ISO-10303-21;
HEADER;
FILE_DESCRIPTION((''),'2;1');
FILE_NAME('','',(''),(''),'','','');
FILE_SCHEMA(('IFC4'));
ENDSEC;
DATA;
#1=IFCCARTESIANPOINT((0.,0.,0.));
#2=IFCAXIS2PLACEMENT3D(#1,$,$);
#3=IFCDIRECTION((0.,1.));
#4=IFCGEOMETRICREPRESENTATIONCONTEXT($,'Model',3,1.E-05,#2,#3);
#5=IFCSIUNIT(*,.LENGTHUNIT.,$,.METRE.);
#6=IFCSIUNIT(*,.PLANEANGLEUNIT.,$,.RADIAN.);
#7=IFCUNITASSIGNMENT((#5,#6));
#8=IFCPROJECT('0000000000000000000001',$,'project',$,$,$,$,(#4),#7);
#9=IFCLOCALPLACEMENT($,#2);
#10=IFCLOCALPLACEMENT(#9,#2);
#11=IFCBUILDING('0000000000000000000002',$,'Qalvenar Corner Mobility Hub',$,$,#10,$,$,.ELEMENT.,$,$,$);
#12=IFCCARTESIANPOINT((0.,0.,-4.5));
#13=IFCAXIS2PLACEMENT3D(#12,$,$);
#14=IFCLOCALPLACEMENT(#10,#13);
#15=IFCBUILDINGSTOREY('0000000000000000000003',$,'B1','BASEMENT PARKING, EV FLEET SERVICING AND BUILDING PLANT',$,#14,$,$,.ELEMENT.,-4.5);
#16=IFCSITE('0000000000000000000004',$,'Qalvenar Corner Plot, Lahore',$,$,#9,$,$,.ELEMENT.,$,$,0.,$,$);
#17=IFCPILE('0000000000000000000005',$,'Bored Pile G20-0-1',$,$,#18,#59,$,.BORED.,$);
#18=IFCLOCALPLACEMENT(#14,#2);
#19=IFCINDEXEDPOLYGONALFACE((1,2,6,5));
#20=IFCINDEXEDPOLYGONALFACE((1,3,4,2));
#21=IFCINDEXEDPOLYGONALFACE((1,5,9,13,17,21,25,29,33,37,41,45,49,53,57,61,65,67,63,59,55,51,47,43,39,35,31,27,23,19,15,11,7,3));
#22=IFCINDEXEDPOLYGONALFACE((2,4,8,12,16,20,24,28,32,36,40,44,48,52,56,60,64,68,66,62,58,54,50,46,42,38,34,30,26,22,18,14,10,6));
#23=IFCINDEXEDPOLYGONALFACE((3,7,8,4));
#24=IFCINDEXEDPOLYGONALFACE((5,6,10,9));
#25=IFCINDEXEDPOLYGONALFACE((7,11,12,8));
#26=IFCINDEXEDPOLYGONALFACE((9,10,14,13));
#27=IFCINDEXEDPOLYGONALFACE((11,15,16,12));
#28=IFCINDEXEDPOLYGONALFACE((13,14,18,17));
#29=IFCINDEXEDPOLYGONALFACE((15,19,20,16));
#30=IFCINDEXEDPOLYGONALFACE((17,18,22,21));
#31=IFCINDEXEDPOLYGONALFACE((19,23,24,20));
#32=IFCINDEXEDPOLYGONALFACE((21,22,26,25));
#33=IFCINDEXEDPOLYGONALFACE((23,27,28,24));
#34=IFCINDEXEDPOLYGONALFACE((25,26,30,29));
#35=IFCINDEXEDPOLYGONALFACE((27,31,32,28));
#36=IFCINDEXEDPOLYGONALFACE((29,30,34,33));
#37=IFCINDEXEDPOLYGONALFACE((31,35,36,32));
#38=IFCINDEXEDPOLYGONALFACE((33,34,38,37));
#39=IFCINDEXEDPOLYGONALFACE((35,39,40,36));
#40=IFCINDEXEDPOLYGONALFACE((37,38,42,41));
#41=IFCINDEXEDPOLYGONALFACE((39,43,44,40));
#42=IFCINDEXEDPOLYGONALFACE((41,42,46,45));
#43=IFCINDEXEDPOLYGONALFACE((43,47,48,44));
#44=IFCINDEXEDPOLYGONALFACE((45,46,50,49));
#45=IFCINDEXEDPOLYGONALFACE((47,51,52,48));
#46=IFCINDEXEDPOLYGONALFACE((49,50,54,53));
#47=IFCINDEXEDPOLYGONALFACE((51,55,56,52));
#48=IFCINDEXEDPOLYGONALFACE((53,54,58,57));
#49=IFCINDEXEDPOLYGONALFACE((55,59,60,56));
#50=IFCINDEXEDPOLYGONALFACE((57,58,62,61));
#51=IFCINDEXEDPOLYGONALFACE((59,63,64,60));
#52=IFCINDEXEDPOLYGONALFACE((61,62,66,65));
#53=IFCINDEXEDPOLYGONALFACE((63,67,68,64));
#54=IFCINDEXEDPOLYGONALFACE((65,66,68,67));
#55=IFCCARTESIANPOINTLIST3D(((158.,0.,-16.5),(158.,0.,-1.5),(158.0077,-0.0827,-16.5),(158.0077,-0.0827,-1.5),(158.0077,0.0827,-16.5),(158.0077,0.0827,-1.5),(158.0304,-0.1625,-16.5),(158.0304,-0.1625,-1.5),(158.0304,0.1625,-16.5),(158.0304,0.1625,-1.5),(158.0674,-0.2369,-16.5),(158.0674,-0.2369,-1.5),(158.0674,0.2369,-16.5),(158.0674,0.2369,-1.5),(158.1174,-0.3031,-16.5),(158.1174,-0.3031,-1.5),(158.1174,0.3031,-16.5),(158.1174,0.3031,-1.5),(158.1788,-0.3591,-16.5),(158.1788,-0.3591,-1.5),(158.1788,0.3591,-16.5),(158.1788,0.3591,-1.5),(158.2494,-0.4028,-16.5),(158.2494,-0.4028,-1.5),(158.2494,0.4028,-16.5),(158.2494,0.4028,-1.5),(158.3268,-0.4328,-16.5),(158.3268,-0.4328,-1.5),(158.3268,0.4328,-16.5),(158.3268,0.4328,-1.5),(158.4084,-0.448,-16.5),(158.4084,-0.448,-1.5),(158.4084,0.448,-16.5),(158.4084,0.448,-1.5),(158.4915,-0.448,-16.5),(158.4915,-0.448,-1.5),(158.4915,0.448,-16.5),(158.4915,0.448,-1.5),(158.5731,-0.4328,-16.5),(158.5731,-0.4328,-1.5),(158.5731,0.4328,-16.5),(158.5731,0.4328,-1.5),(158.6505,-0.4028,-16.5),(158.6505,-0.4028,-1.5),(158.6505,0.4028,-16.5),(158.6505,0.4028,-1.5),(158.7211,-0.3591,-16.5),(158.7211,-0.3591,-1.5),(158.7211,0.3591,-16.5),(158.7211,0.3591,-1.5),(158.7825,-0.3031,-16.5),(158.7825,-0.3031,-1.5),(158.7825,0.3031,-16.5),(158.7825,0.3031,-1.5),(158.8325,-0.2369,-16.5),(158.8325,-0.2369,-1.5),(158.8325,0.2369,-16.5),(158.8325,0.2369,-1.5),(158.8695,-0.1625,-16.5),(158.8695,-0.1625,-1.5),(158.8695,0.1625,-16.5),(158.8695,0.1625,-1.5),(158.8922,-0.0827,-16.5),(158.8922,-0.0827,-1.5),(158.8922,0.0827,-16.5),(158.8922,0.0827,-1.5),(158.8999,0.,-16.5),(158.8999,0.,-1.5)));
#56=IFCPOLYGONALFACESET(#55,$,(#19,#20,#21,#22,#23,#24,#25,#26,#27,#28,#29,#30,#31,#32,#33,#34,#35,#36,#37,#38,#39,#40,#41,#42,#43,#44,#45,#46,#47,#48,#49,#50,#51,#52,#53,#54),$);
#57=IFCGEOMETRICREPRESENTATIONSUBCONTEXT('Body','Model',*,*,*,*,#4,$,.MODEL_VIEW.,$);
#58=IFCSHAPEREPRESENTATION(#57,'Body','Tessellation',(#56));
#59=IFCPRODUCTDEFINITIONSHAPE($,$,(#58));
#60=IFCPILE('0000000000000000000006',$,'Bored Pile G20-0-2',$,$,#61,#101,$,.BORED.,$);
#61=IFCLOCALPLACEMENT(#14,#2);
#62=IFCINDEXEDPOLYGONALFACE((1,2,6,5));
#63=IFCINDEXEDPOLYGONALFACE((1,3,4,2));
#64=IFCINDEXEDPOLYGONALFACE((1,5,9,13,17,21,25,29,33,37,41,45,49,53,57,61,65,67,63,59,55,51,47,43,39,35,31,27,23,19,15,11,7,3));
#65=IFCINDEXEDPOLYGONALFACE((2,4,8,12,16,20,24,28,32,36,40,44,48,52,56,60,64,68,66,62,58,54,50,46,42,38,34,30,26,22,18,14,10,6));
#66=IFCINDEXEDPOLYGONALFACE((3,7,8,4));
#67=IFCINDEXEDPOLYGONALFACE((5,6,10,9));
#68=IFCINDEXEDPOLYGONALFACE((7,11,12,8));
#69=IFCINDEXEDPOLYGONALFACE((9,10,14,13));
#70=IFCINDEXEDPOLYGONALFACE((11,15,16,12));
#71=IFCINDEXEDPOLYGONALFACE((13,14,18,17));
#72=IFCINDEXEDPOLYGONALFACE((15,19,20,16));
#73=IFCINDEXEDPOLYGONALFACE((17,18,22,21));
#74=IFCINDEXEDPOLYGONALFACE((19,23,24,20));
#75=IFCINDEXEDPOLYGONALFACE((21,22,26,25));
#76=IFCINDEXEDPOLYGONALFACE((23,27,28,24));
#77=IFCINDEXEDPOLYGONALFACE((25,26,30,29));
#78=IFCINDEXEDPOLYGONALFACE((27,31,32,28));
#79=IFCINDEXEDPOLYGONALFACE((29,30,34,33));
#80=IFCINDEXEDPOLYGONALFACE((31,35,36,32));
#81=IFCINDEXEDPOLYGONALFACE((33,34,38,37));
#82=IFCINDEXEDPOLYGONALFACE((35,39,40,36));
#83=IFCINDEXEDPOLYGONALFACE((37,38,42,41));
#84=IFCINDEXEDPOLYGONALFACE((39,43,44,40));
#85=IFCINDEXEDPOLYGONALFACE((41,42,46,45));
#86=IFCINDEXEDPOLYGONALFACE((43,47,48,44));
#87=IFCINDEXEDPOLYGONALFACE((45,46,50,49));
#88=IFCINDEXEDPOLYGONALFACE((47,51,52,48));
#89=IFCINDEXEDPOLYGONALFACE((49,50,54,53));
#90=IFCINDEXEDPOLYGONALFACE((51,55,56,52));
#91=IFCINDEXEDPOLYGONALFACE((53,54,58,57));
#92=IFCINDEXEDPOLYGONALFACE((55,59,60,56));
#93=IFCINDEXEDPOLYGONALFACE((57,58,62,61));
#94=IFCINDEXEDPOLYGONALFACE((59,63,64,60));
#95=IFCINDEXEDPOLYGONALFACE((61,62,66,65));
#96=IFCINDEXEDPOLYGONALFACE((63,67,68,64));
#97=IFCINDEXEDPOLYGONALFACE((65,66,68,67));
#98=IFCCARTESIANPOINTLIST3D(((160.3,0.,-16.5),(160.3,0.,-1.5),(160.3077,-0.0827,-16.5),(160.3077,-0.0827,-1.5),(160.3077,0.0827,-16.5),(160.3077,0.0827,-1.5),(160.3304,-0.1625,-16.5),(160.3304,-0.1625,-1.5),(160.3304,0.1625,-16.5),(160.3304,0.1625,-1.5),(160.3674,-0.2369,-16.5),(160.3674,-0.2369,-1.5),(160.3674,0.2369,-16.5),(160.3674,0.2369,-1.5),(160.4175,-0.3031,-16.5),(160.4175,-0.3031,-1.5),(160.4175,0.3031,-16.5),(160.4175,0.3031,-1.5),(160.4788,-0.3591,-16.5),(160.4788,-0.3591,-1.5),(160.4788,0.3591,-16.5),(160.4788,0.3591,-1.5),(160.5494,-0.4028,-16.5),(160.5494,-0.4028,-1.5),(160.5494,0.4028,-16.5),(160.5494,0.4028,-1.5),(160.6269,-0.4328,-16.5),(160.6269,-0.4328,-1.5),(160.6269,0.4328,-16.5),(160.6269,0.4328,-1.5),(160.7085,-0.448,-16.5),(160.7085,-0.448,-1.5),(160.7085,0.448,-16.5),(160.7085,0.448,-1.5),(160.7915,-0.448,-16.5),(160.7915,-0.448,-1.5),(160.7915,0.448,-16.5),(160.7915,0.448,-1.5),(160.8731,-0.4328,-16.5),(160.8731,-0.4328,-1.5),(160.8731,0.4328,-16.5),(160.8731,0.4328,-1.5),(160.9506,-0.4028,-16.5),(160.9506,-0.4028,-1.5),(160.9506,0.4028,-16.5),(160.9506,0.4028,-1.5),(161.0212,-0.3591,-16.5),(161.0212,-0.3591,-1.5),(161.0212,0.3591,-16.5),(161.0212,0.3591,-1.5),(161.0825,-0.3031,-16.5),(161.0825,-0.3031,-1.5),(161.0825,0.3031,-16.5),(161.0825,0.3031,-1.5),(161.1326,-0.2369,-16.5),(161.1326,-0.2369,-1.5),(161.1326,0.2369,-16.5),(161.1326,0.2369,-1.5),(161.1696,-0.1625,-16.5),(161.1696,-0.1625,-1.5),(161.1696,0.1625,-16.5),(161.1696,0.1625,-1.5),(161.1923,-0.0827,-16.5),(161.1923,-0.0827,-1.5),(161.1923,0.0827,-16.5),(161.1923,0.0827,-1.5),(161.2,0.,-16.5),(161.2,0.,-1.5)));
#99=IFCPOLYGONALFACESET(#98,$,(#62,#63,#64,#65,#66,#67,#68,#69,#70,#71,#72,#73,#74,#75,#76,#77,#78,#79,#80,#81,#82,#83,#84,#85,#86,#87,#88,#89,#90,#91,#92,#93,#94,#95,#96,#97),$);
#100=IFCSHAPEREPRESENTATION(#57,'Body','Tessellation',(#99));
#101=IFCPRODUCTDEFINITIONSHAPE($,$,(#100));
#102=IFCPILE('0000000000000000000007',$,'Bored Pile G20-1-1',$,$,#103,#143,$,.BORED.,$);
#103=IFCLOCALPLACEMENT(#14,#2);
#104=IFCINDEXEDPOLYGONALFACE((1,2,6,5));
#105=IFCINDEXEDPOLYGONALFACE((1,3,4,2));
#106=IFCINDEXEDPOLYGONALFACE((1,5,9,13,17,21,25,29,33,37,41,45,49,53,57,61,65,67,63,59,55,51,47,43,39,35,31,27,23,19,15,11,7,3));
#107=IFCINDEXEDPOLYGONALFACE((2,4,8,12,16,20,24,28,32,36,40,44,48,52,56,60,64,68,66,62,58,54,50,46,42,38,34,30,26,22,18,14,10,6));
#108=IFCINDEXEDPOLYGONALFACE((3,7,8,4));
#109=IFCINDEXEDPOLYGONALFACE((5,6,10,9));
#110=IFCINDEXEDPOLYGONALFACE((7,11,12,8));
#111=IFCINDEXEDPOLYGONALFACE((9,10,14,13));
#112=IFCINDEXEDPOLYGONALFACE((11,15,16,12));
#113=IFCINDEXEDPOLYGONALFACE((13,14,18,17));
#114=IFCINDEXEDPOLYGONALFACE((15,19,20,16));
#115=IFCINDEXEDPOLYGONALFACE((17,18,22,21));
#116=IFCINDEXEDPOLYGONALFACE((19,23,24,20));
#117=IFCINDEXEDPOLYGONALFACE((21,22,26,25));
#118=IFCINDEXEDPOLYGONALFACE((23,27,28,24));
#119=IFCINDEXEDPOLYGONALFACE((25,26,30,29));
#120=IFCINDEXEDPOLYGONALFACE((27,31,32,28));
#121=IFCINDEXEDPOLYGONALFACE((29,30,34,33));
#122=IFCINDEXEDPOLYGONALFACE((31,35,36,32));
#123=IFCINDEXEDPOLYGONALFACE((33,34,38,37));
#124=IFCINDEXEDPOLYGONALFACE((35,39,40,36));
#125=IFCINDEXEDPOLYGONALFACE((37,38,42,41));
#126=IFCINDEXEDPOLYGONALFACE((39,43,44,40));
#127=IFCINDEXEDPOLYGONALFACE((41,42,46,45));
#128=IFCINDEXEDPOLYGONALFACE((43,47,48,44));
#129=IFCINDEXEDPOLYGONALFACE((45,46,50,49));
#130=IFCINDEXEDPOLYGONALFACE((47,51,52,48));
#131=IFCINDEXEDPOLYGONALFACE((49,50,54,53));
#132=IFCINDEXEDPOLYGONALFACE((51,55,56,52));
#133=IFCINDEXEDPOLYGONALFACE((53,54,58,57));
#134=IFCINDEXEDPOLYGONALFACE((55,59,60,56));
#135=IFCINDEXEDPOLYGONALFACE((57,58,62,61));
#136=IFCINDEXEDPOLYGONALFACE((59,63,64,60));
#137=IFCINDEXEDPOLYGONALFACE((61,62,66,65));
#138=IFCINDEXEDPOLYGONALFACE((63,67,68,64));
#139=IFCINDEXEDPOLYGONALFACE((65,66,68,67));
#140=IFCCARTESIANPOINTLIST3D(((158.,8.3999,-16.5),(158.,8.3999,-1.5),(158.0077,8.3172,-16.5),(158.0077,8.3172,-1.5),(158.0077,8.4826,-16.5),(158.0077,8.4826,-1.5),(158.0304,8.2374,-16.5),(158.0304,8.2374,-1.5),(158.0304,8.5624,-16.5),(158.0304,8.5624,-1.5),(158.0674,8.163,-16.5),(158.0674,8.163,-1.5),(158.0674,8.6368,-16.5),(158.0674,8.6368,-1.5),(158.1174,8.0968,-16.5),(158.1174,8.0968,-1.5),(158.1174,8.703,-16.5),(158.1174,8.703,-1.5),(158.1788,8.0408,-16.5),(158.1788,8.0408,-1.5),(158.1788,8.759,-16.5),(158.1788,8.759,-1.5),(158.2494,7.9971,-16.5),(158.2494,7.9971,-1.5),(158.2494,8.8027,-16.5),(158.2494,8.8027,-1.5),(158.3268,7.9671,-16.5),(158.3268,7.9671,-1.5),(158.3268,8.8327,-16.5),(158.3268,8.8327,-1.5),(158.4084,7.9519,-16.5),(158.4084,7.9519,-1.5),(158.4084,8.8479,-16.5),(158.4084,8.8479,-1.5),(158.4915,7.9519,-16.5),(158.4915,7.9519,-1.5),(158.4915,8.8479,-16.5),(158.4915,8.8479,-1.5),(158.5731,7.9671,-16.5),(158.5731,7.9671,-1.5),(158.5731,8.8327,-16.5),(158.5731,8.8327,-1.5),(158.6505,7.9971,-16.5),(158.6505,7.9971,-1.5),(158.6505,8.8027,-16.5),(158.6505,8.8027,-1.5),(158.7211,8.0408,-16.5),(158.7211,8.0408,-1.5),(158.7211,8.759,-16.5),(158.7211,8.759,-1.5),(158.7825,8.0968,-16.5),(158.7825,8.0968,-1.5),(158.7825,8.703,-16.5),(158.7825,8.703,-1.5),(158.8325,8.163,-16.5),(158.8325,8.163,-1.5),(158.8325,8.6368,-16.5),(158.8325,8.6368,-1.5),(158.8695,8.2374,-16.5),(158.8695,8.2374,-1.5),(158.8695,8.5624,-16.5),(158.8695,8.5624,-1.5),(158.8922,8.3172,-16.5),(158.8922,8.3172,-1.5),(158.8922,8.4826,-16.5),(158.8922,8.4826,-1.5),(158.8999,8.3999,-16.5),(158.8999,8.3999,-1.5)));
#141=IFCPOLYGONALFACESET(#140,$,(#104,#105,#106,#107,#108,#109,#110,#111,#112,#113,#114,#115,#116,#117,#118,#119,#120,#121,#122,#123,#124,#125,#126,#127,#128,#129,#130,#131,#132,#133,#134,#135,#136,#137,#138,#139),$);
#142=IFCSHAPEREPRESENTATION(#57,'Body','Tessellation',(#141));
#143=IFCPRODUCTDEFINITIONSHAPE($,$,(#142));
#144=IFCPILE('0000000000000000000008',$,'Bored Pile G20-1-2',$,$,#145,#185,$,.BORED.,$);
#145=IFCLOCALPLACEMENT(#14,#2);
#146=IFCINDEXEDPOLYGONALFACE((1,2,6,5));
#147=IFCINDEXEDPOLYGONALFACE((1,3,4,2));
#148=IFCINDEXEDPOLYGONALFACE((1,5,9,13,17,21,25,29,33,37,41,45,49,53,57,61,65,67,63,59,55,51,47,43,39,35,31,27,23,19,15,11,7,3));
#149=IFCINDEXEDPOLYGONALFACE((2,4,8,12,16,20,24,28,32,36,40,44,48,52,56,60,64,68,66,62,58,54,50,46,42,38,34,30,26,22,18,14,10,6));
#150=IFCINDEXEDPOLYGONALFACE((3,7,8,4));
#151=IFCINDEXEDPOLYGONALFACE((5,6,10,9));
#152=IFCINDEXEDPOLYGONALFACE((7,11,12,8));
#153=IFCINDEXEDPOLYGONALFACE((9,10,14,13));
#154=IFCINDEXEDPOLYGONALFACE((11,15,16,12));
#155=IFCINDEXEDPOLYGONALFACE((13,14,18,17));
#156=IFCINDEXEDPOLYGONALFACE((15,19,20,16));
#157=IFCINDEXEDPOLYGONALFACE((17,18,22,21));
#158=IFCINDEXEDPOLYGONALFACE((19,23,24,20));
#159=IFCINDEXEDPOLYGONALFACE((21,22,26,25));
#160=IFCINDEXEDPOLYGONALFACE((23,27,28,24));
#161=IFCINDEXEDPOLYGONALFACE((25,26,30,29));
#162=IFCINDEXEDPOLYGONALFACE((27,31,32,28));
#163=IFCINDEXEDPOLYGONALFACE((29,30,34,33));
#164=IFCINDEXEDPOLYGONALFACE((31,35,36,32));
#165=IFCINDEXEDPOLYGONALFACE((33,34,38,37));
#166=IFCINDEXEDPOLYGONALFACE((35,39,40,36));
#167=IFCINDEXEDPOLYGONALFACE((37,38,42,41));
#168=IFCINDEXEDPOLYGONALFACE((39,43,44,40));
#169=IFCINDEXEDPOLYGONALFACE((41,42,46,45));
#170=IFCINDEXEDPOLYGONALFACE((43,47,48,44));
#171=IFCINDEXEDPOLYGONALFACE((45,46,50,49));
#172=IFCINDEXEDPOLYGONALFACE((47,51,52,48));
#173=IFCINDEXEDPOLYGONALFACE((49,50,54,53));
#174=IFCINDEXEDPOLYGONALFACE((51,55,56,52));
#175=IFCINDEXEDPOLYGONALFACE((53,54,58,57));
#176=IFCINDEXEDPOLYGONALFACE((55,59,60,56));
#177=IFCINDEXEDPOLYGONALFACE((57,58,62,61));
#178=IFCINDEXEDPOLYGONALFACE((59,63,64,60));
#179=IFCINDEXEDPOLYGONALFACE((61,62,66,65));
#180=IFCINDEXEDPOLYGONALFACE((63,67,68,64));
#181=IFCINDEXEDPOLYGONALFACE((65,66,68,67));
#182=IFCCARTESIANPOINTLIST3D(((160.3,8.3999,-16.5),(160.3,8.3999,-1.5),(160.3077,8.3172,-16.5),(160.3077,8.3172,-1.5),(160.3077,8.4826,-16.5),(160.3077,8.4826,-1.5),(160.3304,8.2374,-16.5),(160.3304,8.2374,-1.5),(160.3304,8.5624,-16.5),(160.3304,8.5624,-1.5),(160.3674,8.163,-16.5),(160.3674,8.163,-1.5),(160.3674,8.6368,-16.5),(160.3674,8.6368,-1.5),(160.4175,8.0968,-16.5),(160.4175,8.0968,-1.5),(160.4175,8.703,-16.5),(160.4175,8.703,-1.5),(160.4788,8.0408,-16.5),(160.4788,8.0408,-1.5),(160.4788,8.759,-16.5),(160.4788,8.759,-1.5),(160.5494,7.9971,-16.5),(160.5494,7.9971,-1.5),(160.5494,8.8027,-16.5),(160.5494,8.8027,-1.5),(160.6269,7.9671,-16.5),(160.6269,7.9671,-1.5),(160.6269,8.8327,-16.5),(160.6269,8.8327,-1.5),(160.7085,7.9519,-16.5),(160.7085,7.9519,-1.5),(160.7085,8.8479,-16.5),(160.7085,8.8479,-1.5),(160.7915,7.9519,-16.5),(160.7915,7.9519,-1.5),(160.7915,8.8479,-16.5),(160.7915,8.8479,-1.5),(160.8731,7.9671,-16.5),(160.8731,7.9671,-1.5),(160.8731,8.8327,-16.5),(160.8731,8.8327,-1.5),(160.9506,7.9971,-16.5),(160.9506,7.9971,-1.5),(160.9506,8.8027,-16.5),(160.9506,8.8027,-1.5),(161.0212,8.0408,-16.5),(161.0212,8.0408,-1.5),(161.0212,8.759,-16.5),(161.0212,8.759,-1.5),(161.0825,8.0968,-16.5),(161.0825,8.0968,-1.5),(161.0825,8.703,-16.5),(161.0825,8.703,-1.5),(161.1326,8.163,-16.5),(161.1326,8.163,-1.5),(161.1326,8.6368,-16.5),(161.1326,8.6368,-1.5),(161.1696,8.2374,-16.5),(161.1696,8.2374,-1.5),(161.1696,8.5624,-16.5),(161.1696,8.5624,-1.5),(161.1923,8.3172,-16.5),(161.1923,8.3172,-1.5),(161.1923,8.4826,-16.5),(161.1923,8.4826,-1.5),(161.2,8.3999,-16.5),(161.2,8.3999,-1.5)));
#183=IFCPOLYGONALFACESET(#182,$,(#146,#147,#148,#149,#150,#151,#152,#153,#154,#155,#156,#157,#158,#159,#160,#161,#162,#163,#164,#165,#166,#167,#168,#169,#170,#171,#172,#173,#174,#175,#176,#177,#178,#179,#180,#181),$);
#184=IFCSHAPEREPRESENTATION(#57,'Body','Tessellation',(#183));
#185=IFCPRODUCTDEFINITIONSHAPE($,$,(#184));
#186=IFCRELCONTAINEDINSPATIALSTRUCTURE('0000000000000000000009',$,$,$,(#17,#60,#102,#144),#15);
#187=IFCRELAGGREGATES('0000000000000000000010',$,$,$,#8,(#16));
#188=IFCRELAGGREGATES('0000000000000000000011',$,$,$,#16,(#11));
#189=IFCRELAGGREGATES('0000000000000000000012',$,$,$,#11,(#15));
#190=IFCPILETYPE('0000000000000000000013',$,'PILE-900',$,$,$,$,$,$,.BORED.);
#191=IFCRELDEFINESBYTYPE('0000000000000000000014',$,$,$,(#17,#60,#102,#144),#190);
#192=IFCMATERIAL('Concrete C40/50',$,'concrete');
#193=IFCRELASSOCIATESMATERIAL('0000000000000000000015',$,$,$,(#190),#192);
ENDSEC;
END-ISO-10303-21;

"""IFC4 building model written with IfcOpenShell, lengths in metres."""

from ifc_helpers import new_model, si_unit, direction, frame, origin, origin_2d, place, context, subcontext, project, spatial, circle, extrude, material, material_profile, profile_set, type_object, element, save


model = new_model("IFC4")

# Units and contexts
model_context = context("Model", 3, precision=1e-05, world=origin(), true_north=direction((0.0, 1.0)))
body_context = subcontext(model_context, "Body", "Model", "MODEL_VIEW")
ifc_project = project(units=[si_unit("LENGTHUNIT", "METRE"), si_unit("PLANEANGLEUNIT", "RADIAN")], contexts=[model_context])

# Site, building, storey
site_placement = place(None, origin())
site = spatial("IfcSite", under=ifc_project, at=site_placement, Name="Qalvenar Corner Plot, Lahore", CompositionType="ELEMENT", RefElevation=0.0)
building_placement = place(site_placement, origin())
building = spatial("IfcBuilding", under=site, at=building_placement, Name="Qalvenar Corner Mobility Hub", CompositionType="ELEMENT")
storey_placement = place(building_placement, frame((0.0, 0.0, -4.5)))
storey = spatial("IfcBuildingStorey", under=building, at=storey_placement, Name="B1", Description="BASEMENT PARKING, EV FLEET SERVICING AND BUILDING PLANT", CompositionType="ELEMENT", Elevation=-4.5)

# Shared definitions
ifc_material_1 = material(Name="Concrete C40/50", Category="concrete")

# Piles
ifc_material_profile_1 = material_profile(ifc_material_1, circle(Radius=0.45, at=origin_2d()), Name="DIA900")
ifc_profile_set_1 = profile_set([ifc_material_profile_1], Name="Concrete C40/50")
pile_type = type_object("IfcPileType", Name="PILE-900", PredefinedType="BORED", material=ifc_profile_set_1)
for number, where, z_axis, x_axis, name in (
    (1, (158.45, 0.0, -1.5), (0.0, 0.0, -1.0), (1.0, 0.0, 0.0), "Bored Pile G20-0-1"),
    (2, (160.75, 0.0, -1.5), (0.0, 0.0, -1.0), (1.0, 0.0, 0.0), "Bored Pile G20-0-2"),
    (3, (158.45, 8.3999, -1.5), (0.0, 0.0, -1.0), (1.0, 0.0, 0.0), "Bored Pile G20-1-1"),
    (4, (160.75, 8.3999, -1.5), (0.0, 0.0, -1.0), (1.0, 0.0, 0.0), "Bored Pile G20-1-2"),
):
    element("IfcPile", number, at=place(storey_placement, frame(where, z_axis=z_axis, x_axis=x_axis)), inside=storey, type_object=pile_type, Name=name, PredefinedType="BORED", context=body_context, shape_type="SweptSolid", body=[
        extrude(circle(Radius=0.45, at=origin_2d()), origin(), (0.0, 0.0, 1.0), 15.0),
    ])

save(model, "model.ifc")
